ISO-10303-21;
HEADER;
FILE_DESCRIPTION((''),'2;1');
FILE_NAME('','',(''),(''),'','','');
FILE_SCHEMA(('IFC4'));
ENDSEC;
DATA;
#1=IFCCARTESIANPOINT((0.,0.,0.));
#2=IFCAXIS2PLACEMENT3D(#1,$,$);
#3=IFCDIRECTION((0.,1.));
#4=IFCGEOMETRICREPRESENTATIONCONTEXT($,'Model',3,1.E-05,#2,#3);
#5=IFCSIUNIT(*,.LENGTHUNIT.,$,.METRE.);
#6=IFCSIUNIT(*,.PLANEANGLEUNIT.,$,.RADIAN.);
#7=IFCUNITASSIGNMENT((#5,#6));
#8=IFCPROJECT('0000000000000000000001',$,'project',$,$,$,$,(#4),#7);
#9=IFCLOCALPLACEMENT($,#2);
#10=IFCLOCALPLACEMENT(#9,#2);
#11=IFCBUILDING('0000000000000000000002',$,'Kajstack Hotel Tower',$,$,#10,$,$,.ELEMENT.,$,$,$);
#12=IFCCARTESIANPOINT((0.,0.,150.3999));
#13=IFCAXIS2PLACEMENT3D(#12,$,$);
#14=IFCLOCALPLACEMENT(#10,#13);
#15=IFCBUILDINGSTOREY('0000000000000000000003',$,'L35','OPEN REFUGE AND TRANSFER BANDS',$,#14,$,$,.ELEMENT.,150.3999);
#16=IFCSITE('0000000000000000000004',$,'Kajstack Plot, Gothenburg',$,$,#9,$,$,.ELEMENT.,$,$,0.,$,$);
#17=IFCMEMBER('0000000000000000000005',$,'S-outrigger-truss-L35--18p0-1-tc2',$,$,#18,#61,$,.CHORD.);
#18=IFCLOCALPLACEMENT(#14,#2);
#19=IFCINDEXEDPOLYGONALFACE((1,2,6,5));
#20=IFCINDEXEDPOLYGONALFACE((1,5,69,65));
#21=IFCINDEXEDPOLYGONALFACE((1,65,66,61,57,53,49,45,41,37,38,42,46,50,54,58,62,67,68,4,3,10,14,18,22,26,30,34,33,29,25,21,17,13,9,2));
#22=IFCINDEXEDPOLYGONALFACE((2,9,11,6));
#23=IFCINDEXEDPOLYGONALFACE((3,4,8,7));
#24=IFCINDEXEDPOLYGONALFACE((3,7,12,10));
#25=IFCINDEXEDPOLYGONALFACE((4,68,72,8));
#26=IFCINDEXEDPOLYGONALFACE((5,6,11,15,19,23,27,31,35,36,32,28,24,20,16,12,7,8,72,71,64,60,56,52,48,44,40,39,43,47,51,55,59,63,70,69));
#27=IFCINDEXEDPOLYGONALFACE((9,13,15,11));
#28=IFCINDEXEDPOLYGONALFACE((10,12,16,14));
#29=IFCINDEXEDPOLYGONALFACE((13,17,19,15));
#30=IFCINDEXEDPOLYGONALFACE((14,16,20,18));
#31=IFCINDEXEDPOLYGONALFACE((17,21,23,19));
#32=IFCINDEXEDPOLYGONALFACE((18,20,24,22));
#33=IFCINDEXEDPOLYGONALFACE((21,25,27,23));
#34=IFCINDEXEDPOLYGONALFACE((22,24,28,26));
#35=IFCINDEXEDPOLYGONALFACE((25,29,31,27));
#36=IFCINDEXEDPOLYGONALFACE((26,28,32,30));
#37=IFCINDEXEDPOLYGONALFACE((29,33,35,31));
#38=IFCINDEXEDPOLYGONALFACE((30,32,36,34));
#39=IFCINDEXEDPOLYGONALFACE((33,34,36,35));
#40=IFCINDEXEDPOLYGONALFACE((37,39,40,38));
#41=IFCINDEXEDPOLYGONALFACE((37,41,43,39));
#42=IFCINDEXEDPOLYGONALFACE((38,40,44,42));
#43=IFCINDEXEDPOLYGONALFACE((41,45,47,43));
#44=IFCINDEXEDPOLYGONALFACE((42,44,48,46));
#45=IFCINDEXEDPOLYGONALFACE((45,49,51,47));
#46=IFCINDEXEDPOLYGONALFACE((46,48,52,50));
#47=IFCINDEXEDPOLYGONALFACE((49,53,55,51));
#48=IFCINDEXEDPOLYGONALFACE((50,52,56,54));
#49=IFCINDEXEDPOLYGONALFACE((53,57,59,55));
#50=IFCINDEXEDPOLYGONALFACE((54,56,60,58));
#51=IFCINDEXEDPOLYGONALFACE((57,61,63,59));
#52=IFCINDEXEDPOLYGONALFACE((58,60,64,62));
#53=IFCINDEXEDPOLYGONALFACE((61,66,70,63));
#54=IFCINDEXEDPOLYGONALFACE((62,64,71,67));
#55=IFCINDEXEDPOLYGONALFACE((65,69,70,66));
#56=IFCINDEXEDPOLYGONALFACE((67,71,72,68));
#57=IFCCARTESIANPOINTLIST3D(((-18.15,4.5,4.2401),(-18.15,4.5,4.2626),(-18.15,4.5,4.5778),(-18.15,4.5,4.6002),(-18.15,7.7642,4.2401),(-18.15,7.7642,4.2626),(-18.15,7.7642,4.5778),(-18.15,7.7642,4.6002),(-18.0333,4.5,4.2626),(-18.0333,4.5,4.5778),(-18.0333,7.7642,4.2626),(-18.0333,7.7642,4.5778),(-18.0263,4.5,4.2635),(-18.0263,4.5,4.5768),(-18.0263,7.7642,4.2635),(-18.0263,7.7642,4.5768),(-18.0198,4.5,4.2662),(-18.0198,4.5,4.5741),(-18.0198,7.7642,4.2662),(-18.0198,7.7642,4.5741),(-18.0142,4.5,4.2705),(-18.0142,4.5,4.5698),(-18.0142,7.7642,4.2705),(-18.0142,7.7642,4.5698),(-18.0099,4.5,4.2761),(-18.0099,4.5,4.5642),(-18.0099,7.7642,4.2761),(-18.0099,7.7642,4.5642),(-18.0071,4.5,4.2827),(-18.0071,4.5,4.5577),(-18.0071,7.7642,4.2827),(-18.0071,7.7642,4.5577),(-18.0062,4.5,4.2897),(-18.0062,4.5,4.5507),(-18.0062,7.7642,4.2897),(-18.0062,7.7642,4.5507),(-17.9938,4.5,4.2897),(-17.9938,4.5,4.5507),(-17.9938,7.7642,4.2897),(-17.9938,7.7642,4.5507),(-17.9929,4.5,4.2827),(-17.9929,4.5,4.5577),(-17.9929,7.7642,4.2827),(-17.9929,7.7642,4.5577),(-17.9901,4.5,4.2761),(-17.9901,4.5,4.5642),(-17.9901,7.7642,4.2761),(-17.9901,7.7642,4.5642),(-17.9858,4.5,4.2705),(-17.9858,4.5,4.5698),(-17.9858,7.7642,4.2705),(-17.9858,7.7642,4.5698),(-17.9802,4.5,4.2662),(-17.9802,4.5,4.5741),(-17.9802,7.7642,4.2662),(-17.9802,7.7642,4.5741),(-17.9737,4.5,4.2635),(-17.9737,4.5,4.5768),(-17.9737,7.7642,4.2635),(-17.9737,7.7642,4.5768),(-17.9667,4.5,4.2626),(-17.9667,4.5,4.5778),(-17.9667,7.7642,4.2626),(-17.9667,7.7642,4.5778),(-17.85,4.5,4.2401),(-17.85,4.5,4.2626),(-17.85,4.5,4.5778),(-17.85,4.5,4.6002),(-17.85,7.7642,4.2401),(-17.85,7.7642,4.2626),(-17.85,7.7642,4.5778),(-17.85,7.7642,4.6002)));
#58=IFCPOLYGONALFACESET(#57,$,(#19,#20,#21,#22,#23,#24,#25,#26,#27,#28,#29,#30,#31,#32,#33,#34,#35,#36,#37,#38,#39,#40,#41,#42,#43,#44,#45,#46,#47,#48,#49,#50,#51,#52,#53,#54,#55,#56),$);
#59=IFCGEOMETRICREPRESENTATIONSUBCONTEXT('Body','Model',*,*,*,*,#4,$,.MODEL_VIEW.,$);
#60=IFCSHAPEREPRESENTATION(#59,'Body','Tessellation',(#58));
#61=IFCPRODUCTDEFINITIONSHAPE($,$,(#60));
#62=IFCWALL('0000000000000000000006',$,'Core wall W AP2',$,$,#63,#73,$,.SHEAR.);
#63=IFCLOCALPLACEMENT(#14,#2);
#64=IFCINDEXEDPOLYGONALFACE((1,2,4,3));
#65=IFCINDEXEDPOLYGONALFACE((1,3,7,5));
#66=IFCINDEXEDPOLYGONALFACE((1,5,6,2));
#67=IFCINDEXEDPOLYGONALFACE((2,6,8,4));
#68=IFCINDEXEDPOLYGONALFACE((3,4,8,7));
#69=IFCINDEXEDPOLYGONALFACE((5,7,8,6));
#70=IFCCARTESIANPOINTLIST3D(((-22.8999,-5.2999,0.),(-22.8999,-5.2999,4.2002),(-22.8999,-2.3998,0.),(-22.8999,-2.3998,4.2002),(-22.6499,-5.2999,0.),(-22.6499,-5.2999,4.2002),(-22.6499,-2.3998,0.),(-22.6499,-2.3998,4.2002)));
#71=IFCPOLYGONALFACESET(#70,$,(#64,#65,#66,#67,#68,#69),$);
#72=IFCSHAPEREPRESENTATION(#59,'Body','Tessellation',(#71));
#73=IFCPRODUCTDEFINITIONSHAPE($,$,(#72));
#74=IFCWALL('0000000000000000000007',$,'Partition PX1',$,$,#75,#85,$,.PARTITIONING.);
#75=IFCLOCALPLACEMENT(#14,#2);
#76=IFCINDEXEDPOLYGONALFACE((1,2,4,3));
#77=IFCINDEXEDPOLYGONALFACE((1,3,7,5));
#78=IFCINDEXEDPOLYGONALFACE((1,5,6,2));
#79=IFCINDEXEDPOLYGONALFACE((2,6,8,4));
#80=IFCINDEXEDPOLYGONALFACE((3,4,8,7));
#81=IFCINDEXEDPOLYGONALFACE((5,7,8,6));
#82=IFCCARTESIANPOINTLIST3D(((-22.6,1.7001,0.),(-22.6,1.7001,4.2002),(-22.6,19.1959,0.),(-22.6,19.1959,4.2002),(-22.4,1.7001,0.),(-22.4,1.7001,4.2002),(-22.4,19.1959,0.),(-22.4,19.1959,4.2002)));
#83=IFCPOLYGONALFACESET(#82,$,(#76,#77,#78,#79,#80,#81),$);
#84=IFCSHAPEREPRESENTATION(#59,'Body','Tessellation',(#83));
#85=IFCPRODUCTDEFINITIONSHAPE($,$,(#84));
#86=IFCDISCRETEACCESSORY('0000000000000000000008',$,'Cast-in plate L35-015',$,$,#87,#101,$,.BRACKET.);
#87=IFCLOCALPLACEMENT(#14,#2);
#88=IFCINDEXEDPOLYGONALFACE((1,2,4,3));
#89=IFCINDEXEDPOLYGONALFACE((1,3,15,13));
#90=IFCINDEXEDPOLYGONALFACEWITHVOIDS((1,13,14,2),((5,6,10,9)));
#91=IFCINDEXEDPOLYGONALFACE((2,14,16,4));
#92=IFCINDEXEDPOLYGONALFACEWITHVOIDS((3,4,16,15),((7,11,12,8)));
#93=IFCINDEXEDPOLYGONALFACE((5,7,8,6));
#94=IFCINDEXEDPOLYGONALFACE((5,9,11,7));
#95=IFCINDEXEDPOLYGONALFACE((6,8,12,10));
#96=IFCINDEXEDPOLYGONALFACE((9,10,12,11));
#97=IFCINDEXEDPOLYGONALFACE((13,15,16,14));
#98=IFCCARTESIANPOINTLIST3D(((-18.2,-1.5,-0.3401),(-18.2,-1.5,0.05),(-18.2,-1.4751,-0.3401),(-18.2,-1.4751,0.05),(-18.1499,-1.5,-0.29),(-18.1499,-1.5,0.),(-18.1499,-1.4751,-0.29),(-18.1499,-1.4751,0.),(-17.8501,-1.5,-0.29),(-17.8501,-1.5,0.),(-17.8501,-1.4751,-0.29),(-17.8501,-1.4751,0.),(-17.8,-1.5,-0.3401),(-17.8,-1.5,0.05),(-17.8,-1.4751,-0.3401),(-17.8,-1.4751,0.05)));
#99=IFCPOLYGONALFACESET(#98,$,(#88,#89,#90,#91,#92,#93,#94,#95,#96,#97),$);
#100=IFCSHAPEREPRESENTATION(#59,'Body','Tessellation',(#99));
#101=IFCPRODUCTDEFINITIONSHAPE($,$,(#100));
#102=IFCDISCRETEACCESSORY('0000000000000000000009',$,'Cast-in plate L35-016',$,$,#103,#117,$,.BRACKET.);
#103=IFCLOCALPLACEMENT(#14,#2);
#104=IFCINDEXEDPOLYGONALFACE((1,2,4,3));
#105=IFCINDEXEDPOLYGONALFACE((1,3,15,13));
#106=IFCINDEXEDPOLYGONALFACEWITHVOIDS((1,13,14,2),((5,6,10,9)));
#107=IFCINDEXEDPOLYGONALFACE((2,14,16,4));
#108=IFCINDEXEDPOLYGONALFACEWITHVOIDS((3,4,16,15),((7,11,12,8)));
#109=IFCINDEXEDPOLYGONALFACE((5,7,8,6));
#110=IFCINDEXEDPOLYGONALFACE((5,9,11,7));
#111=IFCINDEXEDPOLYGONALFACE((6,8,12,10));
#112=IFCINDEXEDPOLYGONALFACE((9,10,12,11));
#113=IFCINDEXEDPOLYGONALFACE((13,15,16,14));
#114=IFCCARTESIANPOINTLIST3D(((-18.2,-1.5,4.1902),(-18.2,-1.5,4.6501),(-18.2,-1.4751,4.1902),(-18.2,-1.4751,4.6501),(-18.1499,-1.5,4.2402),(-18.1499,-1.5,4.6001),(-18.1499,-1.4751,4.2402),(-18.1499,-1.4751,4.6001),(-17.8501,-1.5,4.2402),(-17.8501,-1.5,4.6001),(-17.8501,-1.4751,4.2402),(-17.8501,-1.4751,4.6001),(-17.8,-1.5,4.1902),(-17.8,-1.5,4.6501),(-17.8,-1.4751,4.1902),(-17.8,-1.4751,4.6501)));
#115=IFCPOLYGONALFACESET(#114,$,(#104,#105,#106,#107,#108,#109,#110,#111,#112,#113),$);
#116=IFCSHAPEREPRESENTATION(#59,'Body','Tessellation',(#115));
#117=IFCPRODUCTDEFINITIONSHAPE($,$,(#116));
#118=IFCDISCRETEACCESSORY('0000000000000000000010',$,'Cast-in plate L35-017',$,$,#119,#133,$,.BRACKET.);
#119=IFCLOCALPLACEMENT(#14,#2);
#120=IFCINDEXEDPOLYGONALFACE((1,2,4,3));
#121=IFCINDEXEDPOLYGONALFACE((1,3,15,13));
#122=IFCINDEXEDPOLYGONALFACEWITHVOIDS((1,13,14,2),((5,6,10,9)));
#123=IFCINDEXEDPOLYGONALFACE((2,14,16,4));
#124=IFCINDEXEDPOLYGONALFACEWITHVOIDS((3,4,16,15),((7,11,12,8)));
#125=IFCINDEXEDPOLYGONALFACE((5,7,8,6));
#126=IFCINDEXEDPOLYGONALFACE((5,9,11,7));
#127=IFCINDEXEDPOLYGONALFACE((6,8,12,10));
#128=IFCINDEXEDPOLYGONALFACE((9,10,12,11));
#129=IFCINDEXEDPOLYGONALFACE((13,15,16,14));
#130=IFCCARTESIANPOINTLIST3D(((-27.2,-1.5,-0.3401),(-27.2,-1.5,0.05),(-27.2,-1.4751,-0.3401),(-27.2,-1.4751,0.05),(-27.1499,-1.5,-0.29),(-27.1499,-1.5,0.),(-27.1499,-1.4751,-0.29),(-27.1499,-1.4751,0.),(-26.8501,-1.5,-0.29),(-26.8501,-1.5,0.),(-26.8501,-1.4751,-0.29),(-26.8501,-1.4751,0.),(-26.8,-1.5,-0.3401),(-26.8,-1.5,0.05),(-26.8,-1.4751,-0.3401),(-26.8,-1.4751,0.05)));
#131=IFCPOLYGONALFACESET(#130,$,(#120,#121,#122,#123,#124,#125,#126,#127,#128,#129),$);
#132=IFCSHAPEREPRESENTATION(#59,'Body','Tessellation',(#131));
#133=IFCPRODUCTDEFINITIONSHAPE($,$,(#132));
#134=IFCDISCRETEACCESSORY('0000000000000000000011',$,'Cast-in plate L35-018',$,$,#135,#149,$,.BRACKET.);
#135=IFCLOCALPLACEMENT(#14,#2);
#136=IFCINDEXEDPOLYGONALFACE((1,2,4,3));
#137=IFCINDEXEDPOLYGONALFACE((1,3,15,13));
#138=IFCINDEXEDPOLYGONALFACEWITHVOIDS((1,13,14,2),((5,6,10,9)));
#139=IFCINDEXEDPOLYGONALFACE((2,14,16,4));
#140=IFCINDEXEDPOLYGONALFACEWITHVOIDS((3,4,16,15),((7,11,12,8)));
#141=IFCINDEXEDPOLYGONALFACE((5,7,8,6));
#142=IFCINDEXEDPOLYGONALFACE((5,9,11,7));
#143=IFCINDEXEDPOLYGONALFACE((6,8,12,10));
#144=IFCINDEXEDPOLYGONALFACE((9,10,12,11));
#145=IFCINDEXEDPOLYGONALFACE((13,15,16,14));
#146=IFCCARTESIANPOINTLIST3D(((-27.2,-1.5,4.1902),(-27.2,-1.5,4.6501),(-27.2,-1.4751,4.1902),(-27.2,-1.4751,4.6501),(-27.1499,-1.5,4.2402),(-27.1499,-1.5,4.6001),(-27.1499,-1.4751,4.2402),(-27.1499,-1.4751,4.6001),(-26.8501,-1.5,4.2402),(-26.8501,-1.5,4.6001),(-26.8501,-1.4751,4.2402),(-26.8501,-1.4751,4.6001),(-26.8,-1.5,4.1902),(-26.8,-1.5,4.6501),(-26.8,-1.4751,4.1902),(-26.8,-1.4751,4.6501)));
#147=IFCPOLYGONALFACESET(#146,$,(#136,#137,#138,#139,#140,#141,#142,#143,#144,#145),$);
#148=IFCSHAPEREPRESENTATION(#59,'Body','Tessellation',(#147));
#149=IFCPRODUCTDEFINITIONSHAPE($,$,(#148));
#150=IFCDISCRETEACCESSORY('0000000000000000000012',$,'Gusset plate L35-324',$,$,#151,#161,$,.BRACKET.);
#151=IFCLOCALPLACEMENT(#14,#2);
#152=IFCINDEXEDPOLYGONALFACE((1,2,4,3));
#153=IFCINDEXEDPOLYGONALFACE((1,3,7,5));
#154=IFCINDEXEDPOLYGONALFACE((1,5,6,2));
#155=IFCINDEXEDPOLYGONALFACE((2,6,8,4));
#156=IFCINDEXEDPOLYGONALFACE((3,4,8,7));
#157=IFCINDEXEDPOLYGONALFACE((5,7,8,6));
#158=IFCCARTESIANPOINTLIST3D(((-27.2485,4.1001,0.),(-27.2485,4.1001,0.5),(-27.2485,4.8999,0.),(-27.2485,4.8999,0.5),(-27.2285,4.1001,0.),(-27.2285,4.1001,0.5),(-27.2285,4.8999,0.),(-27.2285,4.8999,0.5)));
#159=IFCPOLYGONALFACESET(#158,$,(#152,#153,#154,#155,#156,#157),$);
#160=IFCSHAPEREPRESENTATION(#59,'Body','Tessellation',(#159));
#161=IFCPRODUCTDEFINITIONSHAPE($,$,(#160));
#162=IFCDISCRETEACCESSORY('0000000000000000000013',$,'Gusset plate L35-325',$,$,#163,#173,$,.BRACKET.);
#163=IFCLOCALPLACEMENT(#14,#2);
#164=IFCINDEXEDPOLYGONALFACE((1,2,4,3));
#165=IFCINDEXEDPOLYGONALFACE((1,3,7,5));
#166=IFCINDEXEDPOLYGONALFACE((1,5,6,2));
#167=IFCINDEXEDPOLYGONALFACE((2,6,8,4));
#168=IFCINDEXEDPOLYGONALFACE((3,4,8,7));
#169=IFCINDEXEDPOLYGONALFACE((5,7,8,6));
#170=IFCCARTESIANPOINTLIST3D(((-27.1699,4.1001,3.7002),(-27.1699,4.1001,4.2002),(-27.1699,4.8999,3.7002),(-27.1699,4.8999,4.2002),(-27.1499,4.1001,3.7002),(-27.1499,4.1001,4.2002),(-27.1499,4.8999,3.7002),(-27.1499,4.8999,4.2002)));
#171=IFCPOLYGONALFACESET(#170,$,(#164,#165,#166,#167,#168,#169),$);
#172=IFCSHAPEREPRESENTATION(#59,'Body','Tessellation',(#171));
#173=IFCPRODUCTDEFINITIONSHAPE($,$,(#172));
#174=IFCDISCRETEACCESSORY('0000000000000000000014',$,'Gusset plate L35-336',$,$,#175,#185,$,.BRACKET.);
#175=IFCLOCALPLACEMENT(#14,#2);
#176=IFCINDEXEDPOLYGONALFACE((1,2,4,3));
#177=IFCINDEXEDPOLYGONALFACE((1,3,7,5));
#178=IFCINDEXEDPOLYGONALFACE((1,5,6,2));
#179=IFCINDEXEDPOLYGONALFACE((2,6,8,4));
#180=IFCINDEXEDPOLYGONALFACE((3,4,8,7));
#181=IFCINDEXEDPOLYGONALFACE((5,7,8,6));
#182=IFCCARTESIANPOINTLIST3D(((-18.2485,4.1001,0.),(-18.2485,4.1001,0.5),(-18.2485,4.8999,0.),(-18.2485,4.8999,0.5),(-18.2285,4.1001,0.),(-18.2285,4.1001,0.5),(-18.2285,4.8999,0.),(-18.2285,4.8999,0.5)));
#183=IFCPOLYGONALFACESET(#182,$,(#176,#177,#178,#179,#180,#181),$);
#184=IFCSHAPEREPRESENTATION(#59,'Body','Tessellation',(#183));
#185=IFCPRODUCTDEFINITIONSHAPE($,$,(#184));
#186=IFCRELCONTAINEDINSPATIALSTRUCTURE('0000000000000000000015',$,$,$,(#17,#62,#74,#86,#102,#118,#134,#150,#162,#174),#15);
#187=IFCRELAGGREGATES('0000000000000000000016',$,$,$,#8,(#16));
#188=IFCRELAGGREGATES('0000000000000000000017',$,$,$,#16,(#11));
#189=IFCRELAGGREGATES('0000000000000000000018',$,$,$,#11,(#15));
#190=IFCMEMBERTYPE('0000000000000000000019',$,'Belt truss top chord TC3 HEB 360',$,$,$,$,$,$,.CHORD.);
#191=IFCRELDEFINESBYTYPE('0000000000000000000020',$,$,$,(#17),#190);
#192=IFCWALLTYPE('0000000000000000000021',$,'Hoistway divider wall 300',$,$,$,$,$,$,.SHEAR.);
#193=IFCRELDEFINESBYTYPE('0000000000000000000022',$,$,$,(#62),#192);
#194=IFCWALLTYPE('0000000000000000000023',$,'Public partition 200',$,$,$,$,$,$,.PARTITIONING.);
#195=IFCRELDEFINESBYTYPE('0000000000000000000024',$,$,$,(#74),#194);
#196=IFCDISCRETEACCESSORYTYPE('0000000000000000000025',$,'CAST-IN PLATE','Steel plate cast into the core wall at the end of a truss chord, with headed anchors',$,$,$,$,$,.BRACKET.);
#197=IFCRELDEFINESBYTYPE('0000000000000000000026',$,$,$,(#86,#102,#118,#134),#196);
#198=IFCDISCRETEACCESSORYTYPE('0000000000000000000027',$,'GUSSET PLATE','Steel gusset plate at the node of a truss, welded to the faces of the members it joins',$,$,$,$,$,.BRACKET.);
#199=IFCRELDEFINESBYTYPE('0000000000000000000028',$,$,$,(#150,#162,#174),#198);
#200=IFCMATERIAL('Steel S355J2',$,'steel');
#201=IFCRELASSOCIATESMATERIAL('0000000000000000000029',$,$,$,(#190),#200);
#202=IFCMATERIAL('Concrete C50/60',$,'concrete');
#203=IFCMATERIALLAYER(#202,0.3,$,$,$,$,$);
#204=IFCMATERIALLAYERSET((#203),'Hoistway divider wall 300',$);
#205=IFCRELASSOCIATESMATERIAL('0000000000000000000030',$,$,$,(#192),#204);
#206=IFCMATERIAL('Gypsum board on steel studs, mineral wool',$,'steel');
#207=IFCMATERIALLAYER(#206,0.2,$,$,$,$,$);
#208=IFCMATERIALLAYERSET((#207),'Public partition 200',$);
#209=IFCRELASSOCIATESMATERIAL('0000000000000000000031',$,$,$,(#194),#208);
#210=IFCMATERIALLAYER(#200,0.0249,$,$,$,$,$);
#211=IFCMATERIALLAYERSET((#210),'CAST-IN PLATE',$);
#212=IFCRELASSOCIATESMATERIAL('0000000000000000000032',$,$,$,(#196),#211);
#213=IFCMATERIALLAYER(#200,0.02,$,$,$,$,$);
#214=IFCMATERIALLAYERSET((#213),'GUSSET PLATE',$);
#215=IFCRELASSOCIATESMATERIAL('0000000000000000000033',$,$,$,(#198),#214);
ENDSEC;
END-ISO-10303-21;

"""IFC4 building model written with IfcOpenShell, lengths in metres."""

from ifc_helpers import new_model, si_unit, direction, frame, frame_2d, origin, origin_2d, place, context, subcontext, project, spatial, polyline, rectangle, i_section, outline, extrude, material, layer, layer_set, material_profile, profile_set, type_object, element, save


model = new_model("IFC4")

# Units and contexts
model_context = context("Model", 3, precision=1e-05, world=origin(), true_north=direction((0.0, 1.0)))
body_context = subcontext(model_context, "Body", "Model", "MODEL_VIEW")
ifc_project = project(units=[si_unit("LENGTHUNIT", "METRE"), si_unit("PLANEANGLEUNIT", "RADIAN")], contexts=[model_context])

# Site, building, storey
site_placement = place(None, origin())
site = spatial("IfcSite", under=ifc_project, at=site_placement, Name="Kajstack Plot, Gothenburg", CompositionType="ELEMENT", RefElevation=0.0)
building_placement = place(site_placement, origin())
building = spatial("IfcBuilding", under=site, at=building_placement, Name="Kajstack Hotel Tower", CompositionType="ELEMENT")
storey_placement = place(building_placement, frame((0.0, 0.0, 150.3999)))
storey = spatial("IfcBuildingStorey", under=building, at=storey_placement, Name="L35", Description="OPEN REFUGE AND TRANSFER BANDS", CompositionType="ELEMENT", Elevation=150.3999)

# Member
ifc_material_1 = material(Name="Steel S355J2", Category="steel")
ifc_material_profile_1 = material_profile(ifc_material_1, i_section(OverallWidth=0.3, OverallDepth=0.3601, WebThickness=0.0125, FlangeThickness=0.0225, FilletRadius=0.0271, at=origin_2d()), Name="HEB 360")
ifc_profile_set_1 = profile_set([ifc_material_profile_1], Name="Steel S355J2")
member_type_1 = type_object("IfcMemberType", Name="Belt truss top chord TC3 HEB 360", PredefinedType="CHORD", material=ifc_profile_set_1)
member_1_placement = place(storey_placement, frame((-18.0, 4.5, 4.4202), z_axis=(0.0, 1.0, 0.0), x_axis=(-1.0, 0.0, 0.0)))
element("IfcMember", 1, at=member_1_placement, inside=storey, type_object=member_type_1, Name="S-outrigger-truss-L35--18p0-1-tc2", PredefinedType="CHORD", context=body_context, shape_type="SweptSolid", body=[
    extrude(i_section(OverallWidth=0.3, OverallDepth=0.3601, WebThickness=0.0125, FlangeThickness=0.0225, FilletRadius=0.0271, at=origin_2d()), origin(), (0.0, 0.0, 1.0), 3.2642),
])

# Walls
ifc_material_2 = material(Name="Concrete C50/60", Category="concrete")
ifc_layer_1 = layer(ifc_material_2, 0.3)
ifc_layer_set_1 = layer_set([ifc_layer_1], Name="Hoistway divider wall 300")
wall_type_1 = type_object("IfcWallType", Name="Hoistway divider wall 300", PredefinedType="SHEAR", material=ifc_layer_set_1)
wall_1_placement = place(storey_placement, frame((-22.7749, -5.3, 0.0), z_axis=(0.0, 0.0, 1.0), x_axis=(0.0, 1.0, 0.0)))
element("IfcWall", 2, at=wall_1_placement, inside=storey, type_object=wall_type_1, Name="Core wall W AP2", PredefinedType="SHEAR", context=body_context, shape_type="SweptSolid", body=[
    extrude(rectangle(XDim=2.9001, YDim=0.25, at=frame_2d((1.4502, 0.0))), origin(), (0.0, 0.0, 1.0), 4.2002),
])
ifc_material_3 = material(Name="Gypsum board on steel studs, mineral wool", Category="steel")
ifc_layer_2 = layer(ifc_material_3, 0.2)
ifc_layer_set_2 = layer_set([ifc_layer_2], Name="Public partition 200")
wall_type_2 = type_object("IfcWallType", Name="Public partition 200", PredefinedType="PARTITIONING", material=ifc_layer_set_2)
wall_2_placement = place(storey_placement, frame((-22.5, 1.7, 0.0), z_axis=(0.0, 0.0, 1.0), x_axis=(0.0, 1.0, 0.0)))
element("IfcWall", 3, at=wall_2_placement, inside=storey, type_object=wall_type_2, Name="Partition PX1", PredefinedType="PARTITIONING", context=body_context, shape_type="SweptSolid", body=[
    extrude(rectangle(XDim=17.4958, YDim=0.2, at=frame_2d((8.748, 0.0))), origin(), (0.0, 0.0, 1.0), 4.2002),
])

# Discrete accessories
ifc_layer_3 = layer(ifc_material_1, 0.0249)
ifc_layer_set_3 = layer_set([ifc_layer_3], Name="CAST-IN PLATE")
discrete_accessory_type_1 = type_object("IfcDiscreteAccessoryType", Name="CAST-IN PLATE", Description="Steel plate cast into the core wall at the end of a truss chord, with headed anchors", PredefinedType="BRACKET", material=ifc_layer_set_3)
discrete_accessory_1_placement = place(storey_placement, frame((-18.0, -1.5, -0.145), z_axis=(0.0, 1.0, 0.0), x_axis=(-1.0, 0.0, 0.0)))
element("IfcDiscreteAccessory", 4, at=discrete_accessory_1_placement, inside=storey, type_object=discrete_accessory_type_1, Name="Cast-in plate L35-015", PredefinedType="BRACKET", context=body_context, shape_type="SweptSolid", body=[
    extrude(outline(polyline([(-0.2, -0.1951), (0.2, -0.1951), (0.2, 0.1951), (-0.2, 0.1951), (-0.2, -0.1951)]), holes=[polyline([(-0.1499, -0.145), (-0.1499, 0.145), (0.1499, 0.145), (0.1499, -0.145), (-0.1499, -0.145)])]), origin(), (0.0, 0.0, 1.0), 0.0249),
])
discrete_accessory_2_placement = place(storey_placement, frame((-18.0, -1.5, 4.4202), z_axis=(0.0, 1.0, 0.0), x_axis=(-1.0, 0.0, 0.0)))
element("IfcDiscreteAccessory", 5, at=discrete_accessory_2_placement, inside=storey, type_object=discrete_accessory_type_1, Name="Cast-in plate L35-016", PredefinedType="BRACKET", context=body_context, shape_type="SweptSolid", body=[
    extrude(outline(polyline([(-0.2, -0.23), (0.2, -0.23), (0.2, 0.23), (-0.2, 0.23), (-0.2, -0.23)]), holes=[polyline([(-0.1499, -0.1799), (-0.1499, 0.1799), (0.1499, 0.1799), (0.1499, -0.1799), (-0.1499, -0.1799)])]), origin(), (0.0, 0.0, 1.0), 0.0249),
])
discrete_accessory_3_placement = place(storey_placement, frame((-27.0, -1.5, -0.145), z_axis=(0.0, 1.0, 0.0), x_axis=(-1.0, 0.0, 0.0)))
element("IfcDiscreteAccessory", 6, at=discrete_accessory_3_placement, inside=storey, type_object=discrete_accessory_type_1, Name="Cast-in plate L35-017", PredefinedType="BRACKET", context=body_context, shape_type="SweptSolid", body=[
    extrude(outline(polyline([(-0.2, -0.1951), (0.2, -0.1951), (0.2, 0.1951), (-0.2, 0.1951), (-0.2, -0.1951)]), holes=[polyline([(-0.1499, -0.145), (-0.1499, 0.145), (0.1499, 0.145), (0.1499, -0.145), (-0.1499, -0.145)])]), origin(), (0.0, 0.0, 1.0), 0.0249),
])
discrete_accessory_4_placement = place(storey_placement, frame((-27.0, -1.5, 4.4202), z_axis=(0.0, 1.0, 0.0), x_axis=(-1.0, 0.0, 0.0)))
element("IfcDiscreteAccessory", 7, at=discrete_accessory_4_placement, inside=storey, type_object=discrete_accessory_type_1, Name="Cast-in plate L35-018", PredefinedType="BRACKET", context=body_context, shape_type="SweptSolid", body=[
    extrude(outline(polyline([(-0.2, -0.23), (0.2, -0.23), (0.2, 0.23), (-0.2, 0.23), (-0.2, -0.23)]), holes=[polyline([(-0.1499, -0.1799), (-0.1499, 0.1799), (0.1499, 0.1799), (0.1499, -0.1799), (-0.1499, -0.1799)])]), origin(), (0.0, 0.0, 1.0), 0.0249),
])
ifc_layer_4 = layer(ifc_material_1, 0.02)
ifc_layer_set_4 = layer_set([ifc_layer_4], Name="GUSSET PLATE")
discrete_accessory_type_2 = type_object("IfcDiscreteAccessoryType", Name="GUSSET PLATE", Description="Steel gusset plate at the node of a truss, welded to the faces of the members it joins", PredefinedType="BRACKET", material=ifc_layer_set_4)
for number, where, z_axis, x_axis, name in (
    (8, (-27.2485, 4.5, 0.0), (1.0, 0.0, 0.0), (0.0, 1.0, 0.0), "Gusset plate L35-324"),
    (9, (-27.1699, 4.5, 3.7002), (1.0, 0.0, 0.0), (0.0, 1.0, 0.0), "Gusset plate L35-325"),
    (10, (-18.2485, 4.5, 0.0), (1.0, 0.0, 0.0), (0.0, 1.0, 0.0), "Gusset plate L35-336"),
):
    element("IfcDiscreteAccessory", number, at=place(storey_placement, frame(where, z_axis=z_axis, x_axis=x_axis)), inside=storey, type_object=discrete_accessory_type_2, Name=name, PredefinedType="BRACKET", context=body_context, shape_type="SweptSolid", body=[
        extrude(outline(polyline([(-0.3999, 0.0), (0.3999, 0.0), (0.3999, 0.5), (-0.3999, 0.5), (-0.3999, 0.0)])), origin(), (0.0, 0.0, 1.0), 0.02),
    ])

save(model, "model.ifc")
